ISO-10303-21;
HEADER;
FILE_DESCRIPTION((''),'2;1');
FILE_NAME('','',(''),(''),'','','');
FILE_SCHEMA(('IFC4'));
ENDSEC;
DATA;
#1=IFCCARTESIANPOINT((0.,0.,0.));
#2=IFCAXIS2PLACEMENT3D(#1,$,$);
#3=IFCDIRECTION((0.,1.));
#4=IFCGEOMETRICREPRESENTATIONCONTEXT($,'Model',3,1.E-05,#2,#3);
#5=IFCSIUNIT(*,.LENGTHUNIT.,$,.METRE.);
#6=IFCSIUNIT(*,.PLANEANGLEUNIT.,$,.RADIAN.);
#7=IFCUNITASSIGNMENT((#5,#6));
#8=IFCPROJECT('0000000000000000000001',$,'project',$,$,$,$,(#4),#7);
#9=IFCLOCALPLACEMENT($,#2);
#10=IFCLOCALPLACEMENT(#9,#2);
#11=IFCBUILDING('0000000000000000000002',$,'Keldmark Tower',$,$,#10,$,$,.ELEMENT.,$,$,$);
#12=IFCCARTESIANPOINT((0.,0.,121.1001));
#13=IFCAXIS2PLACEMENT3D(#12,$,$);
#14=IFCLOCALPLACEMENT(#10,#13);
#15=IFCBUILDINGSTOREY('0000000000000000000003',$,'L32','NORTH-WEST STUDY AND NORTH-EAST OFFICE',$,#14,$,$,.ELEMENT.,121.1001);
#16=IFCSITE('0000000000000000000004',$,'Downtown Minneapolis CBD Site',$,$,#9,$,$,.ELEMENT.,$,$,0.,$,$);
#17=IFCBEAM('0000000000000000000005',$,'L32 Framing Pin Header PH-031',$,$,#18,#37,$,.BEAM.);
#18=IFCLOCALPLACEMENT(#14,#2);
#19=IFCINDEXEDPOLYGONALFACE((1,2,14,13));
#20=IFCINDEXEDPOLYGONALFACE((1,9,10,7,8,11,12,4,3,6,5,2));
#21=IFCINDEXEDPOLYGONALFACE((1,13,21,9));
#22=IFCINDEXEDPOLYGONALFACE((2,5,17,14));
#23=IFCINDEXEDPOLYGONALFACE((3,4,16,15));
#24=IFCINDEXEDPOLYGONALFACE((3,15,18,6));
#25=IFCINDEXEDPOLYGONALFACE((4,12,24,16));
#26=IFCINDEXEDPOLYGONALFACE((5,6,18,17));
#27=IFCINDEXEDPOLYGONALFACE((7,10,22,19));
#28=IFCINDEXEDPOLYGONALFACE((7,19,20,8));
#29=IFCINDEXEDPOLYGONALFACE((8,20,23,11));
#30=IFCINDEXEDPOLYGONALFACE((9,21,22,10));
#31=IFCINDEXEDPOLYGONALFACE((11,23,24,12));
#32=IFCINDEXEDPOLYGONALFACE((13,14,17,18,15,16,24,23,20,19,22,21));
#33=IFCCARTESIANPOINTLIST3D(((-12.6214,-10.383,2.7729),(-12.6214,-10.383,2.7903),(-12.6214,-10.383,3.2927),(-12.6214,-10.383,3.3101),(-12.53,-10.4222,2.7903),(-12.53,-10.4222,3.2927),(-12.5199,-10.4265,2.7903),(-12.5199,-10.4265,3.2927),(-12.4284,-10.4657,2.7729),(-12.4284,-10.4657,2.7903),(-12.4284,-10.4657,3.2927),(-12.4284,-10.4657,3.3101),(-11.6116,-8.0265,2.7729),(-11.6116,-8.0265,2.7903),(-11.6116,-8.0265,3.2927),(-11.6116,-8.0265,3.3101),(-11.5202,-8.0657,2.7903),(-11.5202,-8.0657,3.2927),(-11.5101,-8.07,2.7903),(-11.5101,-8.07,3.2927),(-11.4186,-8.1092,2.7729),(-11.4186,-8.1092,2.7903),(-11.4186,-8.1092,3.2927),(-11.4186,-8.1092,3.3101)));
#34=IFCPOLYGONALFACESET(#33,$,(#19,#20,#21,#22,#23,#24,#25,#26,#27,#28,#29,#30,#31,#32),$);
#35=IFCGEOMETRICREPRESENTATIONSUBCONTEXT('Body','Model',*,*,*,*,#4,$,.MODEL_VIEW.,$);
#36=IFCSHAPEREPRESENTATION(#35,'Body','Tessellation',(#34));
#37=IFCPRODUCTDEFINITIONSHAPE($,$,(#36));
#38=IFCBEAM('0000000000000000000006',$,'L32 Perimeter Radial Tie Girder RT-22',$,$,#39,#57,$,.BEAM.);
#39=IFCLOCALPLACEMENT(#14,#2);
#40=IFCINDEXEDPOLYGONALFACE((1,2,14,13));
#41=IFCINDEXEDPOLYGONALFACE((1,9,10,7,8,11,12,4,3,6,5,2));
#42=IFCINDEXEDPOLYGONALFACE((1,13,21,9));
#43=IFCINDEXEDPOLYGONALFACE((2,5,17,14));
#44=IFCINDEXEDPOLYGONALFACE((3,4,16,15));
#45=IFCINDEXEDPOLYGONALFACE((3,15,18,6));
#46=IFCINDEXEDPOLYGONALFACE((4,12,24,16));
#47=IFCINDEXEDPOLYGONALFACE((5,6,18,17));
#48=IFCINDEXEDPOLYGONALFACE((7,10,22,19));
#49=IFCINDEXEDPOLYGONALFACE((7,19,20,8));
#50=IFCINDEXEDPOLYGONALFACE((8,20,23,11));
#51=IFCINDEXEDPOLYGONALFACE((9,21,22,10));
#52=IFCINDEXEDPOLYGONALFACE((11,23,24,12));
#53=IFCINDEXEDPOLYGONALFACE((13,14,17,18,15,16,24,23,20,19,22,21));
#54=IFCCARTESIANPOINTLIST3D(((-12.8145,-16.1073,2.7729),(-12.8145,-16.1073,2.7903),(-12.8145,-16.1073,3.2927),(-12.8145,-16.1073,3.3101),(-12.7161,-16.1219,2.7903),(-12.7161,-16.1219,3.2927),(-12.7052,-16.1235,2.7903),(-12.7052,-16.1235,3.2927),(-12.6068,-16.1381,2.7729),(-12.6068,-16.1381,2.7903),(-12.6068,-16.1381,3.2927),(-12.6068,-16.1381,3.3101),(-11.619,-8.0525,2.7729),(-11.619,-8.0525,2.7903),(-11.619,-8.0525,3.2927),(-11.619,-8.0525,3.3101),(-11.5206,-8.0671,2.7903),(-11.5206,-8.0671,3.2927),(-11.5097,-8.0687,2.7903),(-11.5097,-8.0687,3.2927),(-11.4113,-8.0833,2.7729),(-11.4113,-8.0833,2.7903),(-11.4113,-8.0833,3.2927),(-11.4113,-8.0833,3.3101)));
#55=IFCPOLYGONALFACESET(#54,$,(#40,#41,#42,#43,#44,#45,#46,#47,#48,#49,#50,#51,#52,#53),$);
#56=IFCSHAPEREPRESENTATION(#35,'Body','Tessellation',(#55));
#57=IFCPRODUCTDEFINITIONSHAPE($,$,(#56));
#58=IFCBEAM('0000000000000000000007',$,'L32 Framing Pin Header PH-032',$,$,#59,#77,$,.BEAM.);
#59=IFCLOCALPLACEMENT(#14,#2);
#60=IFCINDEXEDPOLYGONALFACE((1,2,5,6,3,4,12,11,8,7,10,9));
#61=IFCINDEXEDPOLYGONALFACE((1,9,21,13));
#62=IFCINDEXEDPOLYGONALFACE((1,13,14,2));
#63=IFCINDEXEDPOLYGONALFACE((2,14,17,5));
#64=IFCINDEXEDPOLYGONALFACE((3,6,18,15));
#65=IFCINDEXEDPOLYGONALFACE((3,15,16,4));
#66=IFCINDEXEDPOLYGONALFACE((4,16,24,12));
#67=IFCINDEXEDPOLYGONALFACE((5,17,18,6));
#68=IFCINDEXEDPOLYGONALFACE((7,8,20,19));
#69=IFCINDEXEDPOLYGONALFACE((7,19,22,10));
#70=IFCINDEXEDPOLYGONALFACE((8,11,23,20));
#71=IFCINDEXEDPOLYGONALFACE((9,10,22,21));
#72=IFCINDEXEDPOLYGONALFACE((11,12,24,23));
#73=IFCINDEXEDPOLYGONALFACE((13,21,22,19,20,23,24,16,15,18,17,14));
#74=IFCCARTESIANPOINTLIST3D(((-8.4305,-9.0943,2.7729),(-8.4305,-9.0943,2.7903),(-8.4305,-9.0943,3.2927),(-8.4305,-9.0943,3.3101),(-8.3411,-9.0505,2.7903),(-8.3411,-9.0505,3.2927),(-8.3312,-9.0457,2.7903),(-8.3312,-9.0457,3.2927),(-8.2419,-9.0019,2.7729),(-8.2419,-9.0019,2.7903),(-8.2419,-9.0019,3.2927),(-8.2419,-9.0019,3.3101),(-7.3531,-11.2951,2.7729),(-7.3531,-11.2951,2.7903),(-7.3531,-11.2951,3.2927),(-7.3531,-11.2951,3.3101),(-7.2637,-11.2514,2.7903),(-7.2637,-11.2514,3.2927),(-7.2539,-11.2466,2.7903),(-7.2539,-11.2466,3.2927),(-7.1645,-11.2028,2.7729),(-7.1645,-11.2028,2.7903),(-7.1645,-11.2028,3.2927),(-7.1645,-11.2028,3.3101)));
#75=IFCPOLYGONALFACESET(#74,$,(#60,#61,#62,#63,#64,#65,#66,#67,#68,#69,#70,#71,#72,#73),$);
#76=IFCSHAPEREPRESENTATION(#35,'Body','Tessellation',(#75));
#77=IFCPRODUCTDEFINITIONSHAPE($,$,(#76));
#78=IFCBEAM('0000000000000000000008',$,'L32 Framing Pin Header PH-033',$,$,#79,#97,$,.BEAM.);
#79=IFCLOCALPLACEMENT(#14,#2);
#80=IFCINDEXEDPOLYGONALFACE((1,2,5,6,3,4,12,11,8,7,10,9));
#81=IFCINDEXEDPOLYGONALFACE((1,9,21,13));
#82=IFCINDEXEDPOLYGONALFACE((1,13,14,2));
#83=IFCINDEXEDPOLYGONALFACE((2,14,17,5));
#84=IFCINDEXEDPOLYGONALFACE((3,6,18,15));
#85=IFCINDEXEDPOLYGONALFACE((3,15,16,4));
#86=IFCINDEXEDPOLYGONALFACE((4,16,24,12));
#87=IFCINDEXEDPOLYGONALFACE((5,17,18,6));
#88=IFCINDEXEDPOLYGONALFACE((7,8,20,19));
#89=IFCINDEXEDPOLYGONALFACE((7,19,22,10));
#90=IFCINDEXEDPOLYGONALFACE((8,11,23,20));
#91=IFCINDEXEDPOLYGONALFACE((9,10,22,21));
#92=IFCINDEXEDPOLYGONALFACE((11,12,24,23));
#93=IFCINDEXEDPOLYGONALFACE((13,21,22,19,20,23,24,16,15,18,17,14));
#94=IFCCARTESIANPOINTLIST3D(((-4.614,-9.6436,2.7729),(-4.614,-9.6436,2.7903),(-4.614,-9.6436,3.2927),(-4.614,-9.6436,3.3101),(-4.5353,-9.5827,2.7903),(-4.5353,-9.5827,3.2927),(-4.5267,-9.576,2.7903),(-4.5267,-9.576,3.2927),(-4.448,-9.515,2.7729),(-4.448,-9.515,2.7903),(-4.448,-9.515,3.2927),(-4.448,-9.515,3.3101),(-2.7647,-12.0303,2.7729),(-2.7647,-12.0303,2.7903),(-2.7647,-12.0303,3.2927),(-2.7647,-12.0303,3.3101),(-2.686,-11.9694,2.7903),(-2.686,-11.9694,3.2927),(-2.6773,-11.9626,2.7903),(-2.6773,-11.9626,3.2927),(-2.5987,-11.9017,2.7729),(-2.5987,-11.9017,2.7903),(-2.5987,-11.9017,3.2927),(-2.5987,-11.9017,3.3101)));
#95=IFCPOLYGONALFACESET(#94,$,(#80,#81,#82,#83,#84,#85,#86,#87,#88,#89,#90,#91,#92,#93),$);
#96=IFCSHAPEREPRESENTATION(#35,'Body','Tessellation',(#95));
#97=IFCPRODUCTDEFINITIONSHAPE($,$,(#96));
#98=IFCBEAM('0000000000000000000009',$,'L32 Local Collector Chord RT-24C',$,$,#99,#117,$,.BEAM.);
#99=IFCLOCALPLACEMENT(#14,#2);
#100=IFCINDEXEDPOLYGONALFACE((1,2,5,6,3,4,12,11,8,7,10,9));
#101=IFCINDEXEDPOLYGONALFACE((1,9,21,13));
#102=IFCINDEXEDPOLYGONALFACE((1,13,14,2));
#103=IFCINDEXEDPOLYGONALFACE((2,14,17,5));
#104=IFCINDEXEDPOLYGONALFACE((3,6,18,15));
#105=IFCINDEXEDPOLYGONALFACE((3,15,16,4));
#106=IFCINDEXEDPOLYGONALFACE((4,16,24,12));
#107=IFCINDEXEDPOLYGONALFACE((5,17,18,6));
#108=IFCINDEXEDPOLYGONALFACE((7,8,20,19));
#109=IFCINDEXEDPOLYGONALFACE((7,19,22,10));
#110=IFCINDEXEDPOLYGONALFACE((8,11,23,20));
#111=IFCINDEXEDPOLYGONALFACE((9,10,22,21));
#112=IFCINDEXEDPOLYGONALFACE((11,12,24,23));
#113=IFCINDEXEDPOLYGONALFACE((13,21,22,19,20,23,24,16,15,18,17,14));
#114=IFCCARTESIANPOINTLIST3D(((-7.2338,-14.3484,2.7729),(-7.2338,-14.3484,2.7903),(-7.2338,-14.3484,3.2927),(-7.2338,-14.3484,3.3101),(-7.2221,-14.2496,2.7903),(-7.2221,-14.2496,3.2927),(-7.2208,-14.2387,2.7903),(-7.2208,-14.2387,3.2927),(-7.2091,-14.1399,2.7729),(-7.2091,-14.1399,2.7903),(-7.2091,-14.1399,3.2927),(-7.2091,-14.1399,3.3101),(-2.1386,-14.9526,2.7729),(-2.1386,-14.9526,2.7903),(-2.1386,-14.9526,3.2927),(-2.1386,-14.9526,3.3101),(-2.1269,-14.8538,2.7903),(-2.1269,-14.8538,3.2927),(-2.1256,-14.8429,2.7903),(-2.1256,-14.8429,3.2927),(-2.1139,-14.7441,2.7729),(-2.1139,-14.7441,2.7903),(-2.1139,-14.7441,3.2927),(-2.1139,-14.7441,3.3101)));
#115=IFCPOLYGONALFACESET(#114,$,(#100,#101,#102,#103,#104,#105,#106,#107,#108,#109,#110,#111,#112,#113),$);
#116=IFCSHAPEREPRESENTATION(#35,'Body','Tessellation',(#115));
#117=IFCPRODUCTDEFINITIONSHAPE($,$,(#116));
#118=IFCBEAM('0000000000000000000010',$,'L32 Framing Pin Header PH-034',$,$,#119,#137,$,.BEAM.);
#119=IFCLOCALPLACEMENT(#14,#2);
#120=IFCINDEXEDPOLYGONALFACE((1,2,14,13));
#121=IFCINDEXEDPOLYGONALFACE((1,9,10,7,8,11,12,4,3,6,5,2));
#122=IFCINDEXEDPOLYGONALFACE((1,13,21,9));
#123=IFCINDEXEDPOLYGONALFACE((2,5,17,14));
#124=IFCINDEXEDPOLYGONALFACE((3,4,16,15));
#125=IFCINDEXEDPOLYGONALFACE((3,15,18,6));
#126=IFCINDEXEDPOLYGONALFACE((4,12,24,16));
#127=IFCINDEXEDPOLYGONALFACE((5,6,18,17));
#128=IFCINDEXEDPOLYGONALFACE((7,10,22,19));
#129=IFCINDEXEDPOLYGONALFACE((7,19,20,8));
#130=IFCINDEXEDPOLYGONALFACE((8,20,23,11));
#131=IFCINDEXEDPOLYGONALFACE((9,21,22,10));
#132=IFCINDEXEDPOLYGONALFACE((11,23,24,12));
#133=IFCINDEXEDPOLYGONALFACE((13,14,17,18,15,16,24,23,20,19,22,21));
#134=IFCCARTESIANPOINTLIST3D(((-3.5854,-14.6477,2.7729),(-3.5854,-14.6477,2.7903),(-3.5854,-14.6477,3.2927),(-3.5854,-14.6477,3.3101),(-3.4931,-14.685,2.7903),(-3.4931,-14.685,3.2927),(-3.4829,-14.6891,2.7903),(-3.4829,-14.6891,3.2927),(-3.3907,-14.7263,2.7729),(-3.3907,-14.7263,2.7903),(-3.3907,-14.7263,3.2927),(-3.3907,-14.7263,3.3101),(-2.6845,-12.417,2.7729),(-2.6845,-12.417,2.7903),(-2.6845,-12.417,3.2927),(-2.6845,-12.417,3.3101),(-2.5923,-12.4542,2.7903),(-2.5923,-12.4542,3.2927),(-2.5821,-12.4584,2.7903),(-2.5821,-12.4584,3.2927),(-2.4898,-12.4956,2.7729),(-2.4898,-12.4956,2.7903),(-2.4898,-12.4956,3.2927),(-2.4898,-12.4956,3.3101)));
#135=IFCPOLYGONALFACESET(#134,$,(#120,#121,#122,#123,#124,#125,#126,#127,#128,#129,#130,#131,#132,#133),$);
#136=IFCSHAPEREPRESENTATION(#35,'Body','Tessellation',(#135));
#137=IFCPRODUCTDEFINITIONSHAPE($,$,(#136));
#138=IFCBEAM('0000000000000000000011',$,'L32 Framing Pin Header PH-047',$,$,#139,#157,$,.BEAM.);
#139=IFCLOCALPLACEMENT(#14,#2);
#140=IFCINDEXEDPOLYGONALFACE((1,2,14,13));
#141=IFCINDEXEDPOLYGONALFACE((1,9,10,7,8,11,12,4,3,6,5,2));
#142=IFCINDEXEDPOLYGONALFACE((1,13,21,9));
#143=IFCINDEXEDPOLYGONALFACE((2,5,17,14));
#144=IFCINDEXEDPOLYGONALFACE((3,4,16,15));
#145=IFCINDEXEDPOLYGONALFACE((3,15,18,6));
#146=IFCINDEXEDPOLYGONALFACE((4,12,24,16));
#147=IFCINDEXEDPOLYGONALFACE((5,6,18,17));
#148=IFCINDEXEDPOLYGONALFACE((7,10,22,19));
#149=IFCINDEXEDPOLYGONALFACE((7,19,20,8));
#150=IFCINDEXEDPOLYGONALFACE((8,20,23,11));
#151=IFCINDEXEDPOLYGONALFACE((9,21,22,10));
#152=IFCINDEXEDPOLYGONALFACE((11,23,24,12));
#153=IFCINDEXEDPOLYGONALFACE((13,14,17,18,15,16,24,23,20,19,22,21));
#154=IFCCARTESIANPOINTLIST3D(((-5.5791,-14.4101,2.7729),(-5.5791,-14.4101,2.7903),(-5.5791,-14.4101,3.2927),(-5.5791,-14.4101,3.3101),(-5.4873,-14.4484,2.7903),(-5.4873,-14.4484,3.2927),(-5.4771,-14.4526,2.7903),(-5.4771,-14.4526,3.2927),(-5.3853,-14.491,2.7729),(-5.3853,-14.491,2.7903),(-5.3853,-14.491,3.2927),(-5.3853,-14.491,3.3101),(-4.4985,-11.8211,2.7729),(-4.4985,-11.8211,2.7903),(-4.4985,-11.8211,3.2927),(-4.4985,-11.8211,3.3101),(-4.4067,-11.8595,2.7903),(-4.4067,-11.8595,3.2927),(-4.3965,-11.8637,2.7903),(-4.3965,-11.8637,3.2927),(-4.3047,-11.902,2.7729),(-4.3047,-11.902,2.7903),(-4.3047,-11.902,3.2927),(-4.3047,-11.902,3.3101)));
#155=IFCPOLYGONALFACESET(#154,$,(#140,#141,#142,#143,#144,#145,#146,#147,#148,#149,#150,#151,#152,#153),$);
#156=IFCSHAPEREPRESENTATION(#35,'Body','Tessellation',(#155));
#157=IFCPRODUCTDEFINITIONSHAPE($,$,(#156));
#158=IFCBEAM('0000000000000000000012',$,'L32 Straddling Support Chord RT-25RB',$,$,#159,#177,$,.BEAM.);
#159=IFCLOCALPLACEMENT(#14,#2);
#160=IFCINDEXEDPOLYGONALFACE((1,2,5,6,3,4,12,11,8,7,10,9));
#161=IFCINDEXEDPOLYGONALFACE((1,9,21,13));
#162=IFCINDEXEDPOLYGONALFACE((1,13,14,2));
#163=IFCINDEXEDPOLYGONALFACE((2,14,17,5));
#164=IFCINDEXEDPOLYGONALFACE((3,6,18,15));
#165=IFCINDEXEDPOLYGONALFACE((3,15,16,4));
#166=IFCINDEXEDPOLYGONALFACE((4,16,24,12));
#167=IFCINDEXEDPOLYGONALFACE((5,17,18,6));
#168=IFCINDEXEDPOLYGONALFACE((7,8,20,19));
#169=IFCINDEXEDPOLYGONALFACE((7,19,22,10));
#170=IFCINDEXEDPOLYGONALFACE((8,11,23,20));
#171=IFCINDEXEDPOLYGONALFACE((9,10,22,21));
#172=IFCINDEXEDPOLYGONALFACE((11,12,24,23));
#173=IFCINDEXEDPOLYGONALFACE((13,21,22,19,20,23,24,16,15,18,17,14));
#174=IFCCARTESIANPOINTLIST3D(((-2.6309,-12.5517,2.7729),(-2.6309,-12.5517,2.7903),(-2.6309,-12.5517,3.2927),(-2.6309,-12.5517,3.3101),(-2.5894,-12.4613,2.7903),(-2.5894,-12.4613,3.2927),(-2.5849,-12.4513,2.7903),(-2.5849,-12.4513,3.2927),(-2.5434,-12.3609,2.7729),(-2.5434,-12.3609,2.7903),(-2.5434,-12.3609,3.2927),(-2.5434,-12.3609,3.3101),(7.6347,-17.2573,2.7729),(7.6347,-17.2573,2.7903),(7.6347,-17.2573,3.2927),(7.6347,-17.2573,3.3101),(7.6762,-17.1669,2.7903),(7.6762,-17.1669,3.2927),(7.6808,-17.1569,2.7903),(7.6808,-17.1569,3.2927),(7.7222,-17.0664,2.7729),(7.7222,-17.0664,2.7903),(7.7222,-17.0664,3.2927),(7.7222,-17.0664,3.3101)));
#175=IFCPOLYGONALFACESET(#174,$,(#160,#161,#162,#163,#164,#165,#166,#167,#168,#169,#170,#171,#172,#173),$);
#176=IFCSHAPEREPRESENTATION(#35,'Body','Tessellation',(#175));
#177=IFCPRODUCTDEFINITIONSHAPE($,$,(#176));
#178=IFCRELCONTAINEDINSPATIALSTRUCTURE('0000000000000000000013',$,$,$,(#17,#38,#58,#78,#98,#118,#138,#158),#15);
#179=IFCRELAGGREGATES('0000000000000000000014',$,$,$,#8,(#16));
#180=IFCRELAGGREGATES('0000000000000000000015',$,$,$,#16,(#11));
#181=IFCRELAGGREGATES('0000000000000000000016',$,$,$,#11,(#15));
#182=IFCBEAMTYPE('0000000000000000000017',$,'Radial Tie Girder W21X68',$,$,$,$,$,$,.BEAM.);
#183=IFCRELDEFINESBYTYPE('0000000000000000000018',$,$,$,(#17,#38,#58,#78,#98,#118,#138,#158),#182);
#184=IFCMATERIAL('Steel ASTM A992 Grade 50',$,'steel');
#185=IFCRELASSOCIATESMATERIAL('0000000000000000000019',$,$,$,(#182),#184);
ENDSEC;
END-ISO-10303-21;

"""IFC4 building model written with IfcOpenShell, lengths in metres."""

from ifc_helpers import new_model, si_unit, direction, frame, origin, origin_2d, place, context, subcontext, project, spatial, i_section, extrude, material, material_profile, profile_set, type_object, element, save


model = new_model("IFC4")

# Units and contexts
model_context = context("Model", 3, precision=1e-05, world=origin(), true_north=direction((0.0, 1.0)))
body_context = subcontext(model_context, "Body", "Model", "MODEL_VIEW")
ifc_project = project(units=[si_unit("LENGTHUNIT", "METRE"), si_unit("PLANEANGLEUNIT", "RADIAN")], contexts=[model_context])

# Site, building, storey
site_placement = place(None, origin())
site = spatial("IfcSite", under=ifc_project, at=site_placement, Name="Downtown Minneapolis CBD Site", CompositionType="ELEMENT", RefElevation=0.0)
building_placement = place(site_placement, origin())
building = spatial("IfcBuilding", under=site, at=building_placement, Name="Keldmark Tower", CompositionType="ELEMENT")
storey_placement = place(building_placement, frame((0.0, 0.0, 121.1001)))
storey = spatial("IfcBuildingStorey", under=building, at=storey_placement, Name="L32", Description="NORTH-WEST STUDY AND NORTH-EAST OFFICE", CompositionType="ELEMENT", Elevation=121.1001)

# Beams
ifc_material_1 = material(Name="Steel ASTM A992 Grade 50", Category="steel")
ifc_material_profile_1 = material_profile(ifc_material_1, i_section(OverallWidth=0.21, OverallDepth=0.5371, WebThickness=0.011, FlangeThickness=0.0173, at=origin_2d()), Name="W21X68")
ifc_profile_set_1 = profile_set([ifc_material_profile_1], Name="Steel ASTM A992 Grade 50")
beam_type_1 = type_object("IfcBeamType", Name="Radial Tie Girder W21X68", PredefinedType="BEAM", material=ifc_profile_set_1)
beam_1_placement = place(storey_placement, frame((-11.5151, -8.0679, 3.0415), z_axis=(-0.393873, -0.919165, 0.0), x_axis=(0.919165, -0.393873, 0.0)))
element("IfcBeam", 1, at=beam_1_placement, inside=storey, type_object=beam_type_1, Name="L32 Framing Pin Header PH-031", PredefinedType="BEAM", context=body_context, shape_type="SweptSolid", body=[
    extrude(i_section(OverallWidth=0.21, OverallDepth=0.5371, WebThickness=0.011, FlangeThickness=0.0173, at=origin_2d()), origin(), (0.0, 0.0, 1.0), 2.5637),
])
beam_2_placement = place(storey_placement, frame((-11.5151, -8.0679, 3.0415), z_axis=(-0.146817, -0.989164, 0.0), x_axis=(0.989164, -0.146817, 0.0)))
element("IfcBeam", 2, at=beam_2_placement, inside=storey, type_object=beam_type_1, Name="L32 Perimeter Radial Tie Girder RT-22", PredefinedType="BEAM", context=body_context, shape_type="SweptSolid", body=[
    extrude(i_section(OverallWidth=0.21, OverallDepth=0.5371, WebThickness=0.011, FlangeThickness=0.0173, at=origin_2d()), origin(), (0.0, 0.0, 1.0), 8.1431),
])
beam_3_placement = place(storey_placement, frame((-8.3362, -9.0481, 3.0415), z_axis=(0.439666, -0.898161, 0.0), x_axis=(0.898161, 0.439666, 0.0)))
element("IfcBeam", 3, at=beam_3_placement, inside=storey, type_object=beam_type_1, Name="L32 Framing Pin Header PH-032", PredefinedType="BEAM", context=body_context, shape_type="SweptSolid", body=[
    extrude(i_section(OverallWidth=0.21, OverallDepth=0.5371, WebThickness=0.011, FlangeThickness=0.0173, at=origin_2d()), origin(), (0.0, 0.0, 1.0), 2.4504),
])
beam_4_placement = place(storey_placement, frame((-4.531, -9.5793, 3.0415), z_axis=(0.612501, -0.79047, 0.0), x_axis=(0.79047, 0.612501, 0.0)))
element("IfcBeam", 4, at=beam_4_placement, inside=storey, type_object=beam_type_1, Name="L32 Framing Pin Header PH-033", PredefinedType="BEAM", context=body_context, shape_type="SweptSolid", body=[
    extrude(i_section(OverallWidth=0.21, OverallDepth=0.5371, WebThickness=0.011, FlangeThickness=0.0173, at=origin_2d()), origin(), (0.0, 0.0, 1.0), 3.0193),
])
beam_5_placement = place(storey_placement, frame((-7.2214, -14.2441, 3.0415), z_axis=(0.993041, -0.117766, 0.0), x_axis=(0.117766, 0.993041, 0.0)))
element("IfcBeam", 5, at=beam_5_placement, inside=storey, type_object=beam_type_1, Name="L32 Local Collector Chord RT-24C", PredefinedType="BEAM", context=body_context, shape_type="SweptSolid", body=[
    extrude(i_section(OverallWidth=0.21, OverallDepth=0.5371, WebThickness=0.011, FlangeThickness=0.0173, at=origin_2d()), origin(), (0.0, 0.0, 1.0), 5.1309),
])
beam_6_placement = place(storey_placement, frame((-2.5872, -12.4563, 3.0415), z_axis=(-0.374468, -0.92724, 0.0), x_axis=(0.92724, -0.374468, 0.0)))
element("IfcBeam", 6, at=beam_6_placement, inside=storey, type_object=beam_type_1, Name="L32 Framing Pin Header PH-034", PredefinedType="BEAM", context=body_context, shape_type="SweptSolid", body=[
    extrude(i_section(OverallWidth=0.21, OverallDepth=0.5371, WebThickness=0.011, FlangeThickness=0.0173, at=origin_2d()), origin(), (0.0, 0.0, 1.0), 2.4058),
])
beam_7_placement = place(storey_placement, frame((-4.4016, -11.8616, 3.0415), z_axis=(-0.385184, -0.92284, 0.0), x_axis=(0.92284, -0.385184, 0.0)))
element("IfcBeam", 7, at=beam_7_placement, inside=storey, type_object=beam_type_1, Name="L32 Framing Pin Header PH-047", PredefinedType="BEAM", context=body_context, shape_type="SweptSolid", body=[
    extrude(i_section(OverallWidth=0.21, OverallDepth=0.5371, WebThickness=0.011, FlangeThickness=0.0173, at=origin_2d()), origin(), (0.0, 0.0, 1.0), 2.8054),
])
beam_8_placement = place(storey_placement, frame((-2.5872, -12.4563, 3.0415), z_axis=(0.909048, -0.41669, 0.0), x_axis=(0.41669, 0.909048, 0.0)))
element("IfcBeam", 8, at=beam_8_placement, inside=storey, type_object=beam_type_1, Name="L32 Straddling Support Chord RT-25RB", PredefinedType="BEAM", context=body_context, shape_type="SweptSolid", body=[
    extrude(i_section(OverallWidth=0.21, OverallDepth=0.5371, WebThickness=0.011, FlangeThickness=0.0173, at=origin_2d()), origin(), (0.0, 0.0, 1.0), 11.2927),
])

save(model, "model.ifc")
